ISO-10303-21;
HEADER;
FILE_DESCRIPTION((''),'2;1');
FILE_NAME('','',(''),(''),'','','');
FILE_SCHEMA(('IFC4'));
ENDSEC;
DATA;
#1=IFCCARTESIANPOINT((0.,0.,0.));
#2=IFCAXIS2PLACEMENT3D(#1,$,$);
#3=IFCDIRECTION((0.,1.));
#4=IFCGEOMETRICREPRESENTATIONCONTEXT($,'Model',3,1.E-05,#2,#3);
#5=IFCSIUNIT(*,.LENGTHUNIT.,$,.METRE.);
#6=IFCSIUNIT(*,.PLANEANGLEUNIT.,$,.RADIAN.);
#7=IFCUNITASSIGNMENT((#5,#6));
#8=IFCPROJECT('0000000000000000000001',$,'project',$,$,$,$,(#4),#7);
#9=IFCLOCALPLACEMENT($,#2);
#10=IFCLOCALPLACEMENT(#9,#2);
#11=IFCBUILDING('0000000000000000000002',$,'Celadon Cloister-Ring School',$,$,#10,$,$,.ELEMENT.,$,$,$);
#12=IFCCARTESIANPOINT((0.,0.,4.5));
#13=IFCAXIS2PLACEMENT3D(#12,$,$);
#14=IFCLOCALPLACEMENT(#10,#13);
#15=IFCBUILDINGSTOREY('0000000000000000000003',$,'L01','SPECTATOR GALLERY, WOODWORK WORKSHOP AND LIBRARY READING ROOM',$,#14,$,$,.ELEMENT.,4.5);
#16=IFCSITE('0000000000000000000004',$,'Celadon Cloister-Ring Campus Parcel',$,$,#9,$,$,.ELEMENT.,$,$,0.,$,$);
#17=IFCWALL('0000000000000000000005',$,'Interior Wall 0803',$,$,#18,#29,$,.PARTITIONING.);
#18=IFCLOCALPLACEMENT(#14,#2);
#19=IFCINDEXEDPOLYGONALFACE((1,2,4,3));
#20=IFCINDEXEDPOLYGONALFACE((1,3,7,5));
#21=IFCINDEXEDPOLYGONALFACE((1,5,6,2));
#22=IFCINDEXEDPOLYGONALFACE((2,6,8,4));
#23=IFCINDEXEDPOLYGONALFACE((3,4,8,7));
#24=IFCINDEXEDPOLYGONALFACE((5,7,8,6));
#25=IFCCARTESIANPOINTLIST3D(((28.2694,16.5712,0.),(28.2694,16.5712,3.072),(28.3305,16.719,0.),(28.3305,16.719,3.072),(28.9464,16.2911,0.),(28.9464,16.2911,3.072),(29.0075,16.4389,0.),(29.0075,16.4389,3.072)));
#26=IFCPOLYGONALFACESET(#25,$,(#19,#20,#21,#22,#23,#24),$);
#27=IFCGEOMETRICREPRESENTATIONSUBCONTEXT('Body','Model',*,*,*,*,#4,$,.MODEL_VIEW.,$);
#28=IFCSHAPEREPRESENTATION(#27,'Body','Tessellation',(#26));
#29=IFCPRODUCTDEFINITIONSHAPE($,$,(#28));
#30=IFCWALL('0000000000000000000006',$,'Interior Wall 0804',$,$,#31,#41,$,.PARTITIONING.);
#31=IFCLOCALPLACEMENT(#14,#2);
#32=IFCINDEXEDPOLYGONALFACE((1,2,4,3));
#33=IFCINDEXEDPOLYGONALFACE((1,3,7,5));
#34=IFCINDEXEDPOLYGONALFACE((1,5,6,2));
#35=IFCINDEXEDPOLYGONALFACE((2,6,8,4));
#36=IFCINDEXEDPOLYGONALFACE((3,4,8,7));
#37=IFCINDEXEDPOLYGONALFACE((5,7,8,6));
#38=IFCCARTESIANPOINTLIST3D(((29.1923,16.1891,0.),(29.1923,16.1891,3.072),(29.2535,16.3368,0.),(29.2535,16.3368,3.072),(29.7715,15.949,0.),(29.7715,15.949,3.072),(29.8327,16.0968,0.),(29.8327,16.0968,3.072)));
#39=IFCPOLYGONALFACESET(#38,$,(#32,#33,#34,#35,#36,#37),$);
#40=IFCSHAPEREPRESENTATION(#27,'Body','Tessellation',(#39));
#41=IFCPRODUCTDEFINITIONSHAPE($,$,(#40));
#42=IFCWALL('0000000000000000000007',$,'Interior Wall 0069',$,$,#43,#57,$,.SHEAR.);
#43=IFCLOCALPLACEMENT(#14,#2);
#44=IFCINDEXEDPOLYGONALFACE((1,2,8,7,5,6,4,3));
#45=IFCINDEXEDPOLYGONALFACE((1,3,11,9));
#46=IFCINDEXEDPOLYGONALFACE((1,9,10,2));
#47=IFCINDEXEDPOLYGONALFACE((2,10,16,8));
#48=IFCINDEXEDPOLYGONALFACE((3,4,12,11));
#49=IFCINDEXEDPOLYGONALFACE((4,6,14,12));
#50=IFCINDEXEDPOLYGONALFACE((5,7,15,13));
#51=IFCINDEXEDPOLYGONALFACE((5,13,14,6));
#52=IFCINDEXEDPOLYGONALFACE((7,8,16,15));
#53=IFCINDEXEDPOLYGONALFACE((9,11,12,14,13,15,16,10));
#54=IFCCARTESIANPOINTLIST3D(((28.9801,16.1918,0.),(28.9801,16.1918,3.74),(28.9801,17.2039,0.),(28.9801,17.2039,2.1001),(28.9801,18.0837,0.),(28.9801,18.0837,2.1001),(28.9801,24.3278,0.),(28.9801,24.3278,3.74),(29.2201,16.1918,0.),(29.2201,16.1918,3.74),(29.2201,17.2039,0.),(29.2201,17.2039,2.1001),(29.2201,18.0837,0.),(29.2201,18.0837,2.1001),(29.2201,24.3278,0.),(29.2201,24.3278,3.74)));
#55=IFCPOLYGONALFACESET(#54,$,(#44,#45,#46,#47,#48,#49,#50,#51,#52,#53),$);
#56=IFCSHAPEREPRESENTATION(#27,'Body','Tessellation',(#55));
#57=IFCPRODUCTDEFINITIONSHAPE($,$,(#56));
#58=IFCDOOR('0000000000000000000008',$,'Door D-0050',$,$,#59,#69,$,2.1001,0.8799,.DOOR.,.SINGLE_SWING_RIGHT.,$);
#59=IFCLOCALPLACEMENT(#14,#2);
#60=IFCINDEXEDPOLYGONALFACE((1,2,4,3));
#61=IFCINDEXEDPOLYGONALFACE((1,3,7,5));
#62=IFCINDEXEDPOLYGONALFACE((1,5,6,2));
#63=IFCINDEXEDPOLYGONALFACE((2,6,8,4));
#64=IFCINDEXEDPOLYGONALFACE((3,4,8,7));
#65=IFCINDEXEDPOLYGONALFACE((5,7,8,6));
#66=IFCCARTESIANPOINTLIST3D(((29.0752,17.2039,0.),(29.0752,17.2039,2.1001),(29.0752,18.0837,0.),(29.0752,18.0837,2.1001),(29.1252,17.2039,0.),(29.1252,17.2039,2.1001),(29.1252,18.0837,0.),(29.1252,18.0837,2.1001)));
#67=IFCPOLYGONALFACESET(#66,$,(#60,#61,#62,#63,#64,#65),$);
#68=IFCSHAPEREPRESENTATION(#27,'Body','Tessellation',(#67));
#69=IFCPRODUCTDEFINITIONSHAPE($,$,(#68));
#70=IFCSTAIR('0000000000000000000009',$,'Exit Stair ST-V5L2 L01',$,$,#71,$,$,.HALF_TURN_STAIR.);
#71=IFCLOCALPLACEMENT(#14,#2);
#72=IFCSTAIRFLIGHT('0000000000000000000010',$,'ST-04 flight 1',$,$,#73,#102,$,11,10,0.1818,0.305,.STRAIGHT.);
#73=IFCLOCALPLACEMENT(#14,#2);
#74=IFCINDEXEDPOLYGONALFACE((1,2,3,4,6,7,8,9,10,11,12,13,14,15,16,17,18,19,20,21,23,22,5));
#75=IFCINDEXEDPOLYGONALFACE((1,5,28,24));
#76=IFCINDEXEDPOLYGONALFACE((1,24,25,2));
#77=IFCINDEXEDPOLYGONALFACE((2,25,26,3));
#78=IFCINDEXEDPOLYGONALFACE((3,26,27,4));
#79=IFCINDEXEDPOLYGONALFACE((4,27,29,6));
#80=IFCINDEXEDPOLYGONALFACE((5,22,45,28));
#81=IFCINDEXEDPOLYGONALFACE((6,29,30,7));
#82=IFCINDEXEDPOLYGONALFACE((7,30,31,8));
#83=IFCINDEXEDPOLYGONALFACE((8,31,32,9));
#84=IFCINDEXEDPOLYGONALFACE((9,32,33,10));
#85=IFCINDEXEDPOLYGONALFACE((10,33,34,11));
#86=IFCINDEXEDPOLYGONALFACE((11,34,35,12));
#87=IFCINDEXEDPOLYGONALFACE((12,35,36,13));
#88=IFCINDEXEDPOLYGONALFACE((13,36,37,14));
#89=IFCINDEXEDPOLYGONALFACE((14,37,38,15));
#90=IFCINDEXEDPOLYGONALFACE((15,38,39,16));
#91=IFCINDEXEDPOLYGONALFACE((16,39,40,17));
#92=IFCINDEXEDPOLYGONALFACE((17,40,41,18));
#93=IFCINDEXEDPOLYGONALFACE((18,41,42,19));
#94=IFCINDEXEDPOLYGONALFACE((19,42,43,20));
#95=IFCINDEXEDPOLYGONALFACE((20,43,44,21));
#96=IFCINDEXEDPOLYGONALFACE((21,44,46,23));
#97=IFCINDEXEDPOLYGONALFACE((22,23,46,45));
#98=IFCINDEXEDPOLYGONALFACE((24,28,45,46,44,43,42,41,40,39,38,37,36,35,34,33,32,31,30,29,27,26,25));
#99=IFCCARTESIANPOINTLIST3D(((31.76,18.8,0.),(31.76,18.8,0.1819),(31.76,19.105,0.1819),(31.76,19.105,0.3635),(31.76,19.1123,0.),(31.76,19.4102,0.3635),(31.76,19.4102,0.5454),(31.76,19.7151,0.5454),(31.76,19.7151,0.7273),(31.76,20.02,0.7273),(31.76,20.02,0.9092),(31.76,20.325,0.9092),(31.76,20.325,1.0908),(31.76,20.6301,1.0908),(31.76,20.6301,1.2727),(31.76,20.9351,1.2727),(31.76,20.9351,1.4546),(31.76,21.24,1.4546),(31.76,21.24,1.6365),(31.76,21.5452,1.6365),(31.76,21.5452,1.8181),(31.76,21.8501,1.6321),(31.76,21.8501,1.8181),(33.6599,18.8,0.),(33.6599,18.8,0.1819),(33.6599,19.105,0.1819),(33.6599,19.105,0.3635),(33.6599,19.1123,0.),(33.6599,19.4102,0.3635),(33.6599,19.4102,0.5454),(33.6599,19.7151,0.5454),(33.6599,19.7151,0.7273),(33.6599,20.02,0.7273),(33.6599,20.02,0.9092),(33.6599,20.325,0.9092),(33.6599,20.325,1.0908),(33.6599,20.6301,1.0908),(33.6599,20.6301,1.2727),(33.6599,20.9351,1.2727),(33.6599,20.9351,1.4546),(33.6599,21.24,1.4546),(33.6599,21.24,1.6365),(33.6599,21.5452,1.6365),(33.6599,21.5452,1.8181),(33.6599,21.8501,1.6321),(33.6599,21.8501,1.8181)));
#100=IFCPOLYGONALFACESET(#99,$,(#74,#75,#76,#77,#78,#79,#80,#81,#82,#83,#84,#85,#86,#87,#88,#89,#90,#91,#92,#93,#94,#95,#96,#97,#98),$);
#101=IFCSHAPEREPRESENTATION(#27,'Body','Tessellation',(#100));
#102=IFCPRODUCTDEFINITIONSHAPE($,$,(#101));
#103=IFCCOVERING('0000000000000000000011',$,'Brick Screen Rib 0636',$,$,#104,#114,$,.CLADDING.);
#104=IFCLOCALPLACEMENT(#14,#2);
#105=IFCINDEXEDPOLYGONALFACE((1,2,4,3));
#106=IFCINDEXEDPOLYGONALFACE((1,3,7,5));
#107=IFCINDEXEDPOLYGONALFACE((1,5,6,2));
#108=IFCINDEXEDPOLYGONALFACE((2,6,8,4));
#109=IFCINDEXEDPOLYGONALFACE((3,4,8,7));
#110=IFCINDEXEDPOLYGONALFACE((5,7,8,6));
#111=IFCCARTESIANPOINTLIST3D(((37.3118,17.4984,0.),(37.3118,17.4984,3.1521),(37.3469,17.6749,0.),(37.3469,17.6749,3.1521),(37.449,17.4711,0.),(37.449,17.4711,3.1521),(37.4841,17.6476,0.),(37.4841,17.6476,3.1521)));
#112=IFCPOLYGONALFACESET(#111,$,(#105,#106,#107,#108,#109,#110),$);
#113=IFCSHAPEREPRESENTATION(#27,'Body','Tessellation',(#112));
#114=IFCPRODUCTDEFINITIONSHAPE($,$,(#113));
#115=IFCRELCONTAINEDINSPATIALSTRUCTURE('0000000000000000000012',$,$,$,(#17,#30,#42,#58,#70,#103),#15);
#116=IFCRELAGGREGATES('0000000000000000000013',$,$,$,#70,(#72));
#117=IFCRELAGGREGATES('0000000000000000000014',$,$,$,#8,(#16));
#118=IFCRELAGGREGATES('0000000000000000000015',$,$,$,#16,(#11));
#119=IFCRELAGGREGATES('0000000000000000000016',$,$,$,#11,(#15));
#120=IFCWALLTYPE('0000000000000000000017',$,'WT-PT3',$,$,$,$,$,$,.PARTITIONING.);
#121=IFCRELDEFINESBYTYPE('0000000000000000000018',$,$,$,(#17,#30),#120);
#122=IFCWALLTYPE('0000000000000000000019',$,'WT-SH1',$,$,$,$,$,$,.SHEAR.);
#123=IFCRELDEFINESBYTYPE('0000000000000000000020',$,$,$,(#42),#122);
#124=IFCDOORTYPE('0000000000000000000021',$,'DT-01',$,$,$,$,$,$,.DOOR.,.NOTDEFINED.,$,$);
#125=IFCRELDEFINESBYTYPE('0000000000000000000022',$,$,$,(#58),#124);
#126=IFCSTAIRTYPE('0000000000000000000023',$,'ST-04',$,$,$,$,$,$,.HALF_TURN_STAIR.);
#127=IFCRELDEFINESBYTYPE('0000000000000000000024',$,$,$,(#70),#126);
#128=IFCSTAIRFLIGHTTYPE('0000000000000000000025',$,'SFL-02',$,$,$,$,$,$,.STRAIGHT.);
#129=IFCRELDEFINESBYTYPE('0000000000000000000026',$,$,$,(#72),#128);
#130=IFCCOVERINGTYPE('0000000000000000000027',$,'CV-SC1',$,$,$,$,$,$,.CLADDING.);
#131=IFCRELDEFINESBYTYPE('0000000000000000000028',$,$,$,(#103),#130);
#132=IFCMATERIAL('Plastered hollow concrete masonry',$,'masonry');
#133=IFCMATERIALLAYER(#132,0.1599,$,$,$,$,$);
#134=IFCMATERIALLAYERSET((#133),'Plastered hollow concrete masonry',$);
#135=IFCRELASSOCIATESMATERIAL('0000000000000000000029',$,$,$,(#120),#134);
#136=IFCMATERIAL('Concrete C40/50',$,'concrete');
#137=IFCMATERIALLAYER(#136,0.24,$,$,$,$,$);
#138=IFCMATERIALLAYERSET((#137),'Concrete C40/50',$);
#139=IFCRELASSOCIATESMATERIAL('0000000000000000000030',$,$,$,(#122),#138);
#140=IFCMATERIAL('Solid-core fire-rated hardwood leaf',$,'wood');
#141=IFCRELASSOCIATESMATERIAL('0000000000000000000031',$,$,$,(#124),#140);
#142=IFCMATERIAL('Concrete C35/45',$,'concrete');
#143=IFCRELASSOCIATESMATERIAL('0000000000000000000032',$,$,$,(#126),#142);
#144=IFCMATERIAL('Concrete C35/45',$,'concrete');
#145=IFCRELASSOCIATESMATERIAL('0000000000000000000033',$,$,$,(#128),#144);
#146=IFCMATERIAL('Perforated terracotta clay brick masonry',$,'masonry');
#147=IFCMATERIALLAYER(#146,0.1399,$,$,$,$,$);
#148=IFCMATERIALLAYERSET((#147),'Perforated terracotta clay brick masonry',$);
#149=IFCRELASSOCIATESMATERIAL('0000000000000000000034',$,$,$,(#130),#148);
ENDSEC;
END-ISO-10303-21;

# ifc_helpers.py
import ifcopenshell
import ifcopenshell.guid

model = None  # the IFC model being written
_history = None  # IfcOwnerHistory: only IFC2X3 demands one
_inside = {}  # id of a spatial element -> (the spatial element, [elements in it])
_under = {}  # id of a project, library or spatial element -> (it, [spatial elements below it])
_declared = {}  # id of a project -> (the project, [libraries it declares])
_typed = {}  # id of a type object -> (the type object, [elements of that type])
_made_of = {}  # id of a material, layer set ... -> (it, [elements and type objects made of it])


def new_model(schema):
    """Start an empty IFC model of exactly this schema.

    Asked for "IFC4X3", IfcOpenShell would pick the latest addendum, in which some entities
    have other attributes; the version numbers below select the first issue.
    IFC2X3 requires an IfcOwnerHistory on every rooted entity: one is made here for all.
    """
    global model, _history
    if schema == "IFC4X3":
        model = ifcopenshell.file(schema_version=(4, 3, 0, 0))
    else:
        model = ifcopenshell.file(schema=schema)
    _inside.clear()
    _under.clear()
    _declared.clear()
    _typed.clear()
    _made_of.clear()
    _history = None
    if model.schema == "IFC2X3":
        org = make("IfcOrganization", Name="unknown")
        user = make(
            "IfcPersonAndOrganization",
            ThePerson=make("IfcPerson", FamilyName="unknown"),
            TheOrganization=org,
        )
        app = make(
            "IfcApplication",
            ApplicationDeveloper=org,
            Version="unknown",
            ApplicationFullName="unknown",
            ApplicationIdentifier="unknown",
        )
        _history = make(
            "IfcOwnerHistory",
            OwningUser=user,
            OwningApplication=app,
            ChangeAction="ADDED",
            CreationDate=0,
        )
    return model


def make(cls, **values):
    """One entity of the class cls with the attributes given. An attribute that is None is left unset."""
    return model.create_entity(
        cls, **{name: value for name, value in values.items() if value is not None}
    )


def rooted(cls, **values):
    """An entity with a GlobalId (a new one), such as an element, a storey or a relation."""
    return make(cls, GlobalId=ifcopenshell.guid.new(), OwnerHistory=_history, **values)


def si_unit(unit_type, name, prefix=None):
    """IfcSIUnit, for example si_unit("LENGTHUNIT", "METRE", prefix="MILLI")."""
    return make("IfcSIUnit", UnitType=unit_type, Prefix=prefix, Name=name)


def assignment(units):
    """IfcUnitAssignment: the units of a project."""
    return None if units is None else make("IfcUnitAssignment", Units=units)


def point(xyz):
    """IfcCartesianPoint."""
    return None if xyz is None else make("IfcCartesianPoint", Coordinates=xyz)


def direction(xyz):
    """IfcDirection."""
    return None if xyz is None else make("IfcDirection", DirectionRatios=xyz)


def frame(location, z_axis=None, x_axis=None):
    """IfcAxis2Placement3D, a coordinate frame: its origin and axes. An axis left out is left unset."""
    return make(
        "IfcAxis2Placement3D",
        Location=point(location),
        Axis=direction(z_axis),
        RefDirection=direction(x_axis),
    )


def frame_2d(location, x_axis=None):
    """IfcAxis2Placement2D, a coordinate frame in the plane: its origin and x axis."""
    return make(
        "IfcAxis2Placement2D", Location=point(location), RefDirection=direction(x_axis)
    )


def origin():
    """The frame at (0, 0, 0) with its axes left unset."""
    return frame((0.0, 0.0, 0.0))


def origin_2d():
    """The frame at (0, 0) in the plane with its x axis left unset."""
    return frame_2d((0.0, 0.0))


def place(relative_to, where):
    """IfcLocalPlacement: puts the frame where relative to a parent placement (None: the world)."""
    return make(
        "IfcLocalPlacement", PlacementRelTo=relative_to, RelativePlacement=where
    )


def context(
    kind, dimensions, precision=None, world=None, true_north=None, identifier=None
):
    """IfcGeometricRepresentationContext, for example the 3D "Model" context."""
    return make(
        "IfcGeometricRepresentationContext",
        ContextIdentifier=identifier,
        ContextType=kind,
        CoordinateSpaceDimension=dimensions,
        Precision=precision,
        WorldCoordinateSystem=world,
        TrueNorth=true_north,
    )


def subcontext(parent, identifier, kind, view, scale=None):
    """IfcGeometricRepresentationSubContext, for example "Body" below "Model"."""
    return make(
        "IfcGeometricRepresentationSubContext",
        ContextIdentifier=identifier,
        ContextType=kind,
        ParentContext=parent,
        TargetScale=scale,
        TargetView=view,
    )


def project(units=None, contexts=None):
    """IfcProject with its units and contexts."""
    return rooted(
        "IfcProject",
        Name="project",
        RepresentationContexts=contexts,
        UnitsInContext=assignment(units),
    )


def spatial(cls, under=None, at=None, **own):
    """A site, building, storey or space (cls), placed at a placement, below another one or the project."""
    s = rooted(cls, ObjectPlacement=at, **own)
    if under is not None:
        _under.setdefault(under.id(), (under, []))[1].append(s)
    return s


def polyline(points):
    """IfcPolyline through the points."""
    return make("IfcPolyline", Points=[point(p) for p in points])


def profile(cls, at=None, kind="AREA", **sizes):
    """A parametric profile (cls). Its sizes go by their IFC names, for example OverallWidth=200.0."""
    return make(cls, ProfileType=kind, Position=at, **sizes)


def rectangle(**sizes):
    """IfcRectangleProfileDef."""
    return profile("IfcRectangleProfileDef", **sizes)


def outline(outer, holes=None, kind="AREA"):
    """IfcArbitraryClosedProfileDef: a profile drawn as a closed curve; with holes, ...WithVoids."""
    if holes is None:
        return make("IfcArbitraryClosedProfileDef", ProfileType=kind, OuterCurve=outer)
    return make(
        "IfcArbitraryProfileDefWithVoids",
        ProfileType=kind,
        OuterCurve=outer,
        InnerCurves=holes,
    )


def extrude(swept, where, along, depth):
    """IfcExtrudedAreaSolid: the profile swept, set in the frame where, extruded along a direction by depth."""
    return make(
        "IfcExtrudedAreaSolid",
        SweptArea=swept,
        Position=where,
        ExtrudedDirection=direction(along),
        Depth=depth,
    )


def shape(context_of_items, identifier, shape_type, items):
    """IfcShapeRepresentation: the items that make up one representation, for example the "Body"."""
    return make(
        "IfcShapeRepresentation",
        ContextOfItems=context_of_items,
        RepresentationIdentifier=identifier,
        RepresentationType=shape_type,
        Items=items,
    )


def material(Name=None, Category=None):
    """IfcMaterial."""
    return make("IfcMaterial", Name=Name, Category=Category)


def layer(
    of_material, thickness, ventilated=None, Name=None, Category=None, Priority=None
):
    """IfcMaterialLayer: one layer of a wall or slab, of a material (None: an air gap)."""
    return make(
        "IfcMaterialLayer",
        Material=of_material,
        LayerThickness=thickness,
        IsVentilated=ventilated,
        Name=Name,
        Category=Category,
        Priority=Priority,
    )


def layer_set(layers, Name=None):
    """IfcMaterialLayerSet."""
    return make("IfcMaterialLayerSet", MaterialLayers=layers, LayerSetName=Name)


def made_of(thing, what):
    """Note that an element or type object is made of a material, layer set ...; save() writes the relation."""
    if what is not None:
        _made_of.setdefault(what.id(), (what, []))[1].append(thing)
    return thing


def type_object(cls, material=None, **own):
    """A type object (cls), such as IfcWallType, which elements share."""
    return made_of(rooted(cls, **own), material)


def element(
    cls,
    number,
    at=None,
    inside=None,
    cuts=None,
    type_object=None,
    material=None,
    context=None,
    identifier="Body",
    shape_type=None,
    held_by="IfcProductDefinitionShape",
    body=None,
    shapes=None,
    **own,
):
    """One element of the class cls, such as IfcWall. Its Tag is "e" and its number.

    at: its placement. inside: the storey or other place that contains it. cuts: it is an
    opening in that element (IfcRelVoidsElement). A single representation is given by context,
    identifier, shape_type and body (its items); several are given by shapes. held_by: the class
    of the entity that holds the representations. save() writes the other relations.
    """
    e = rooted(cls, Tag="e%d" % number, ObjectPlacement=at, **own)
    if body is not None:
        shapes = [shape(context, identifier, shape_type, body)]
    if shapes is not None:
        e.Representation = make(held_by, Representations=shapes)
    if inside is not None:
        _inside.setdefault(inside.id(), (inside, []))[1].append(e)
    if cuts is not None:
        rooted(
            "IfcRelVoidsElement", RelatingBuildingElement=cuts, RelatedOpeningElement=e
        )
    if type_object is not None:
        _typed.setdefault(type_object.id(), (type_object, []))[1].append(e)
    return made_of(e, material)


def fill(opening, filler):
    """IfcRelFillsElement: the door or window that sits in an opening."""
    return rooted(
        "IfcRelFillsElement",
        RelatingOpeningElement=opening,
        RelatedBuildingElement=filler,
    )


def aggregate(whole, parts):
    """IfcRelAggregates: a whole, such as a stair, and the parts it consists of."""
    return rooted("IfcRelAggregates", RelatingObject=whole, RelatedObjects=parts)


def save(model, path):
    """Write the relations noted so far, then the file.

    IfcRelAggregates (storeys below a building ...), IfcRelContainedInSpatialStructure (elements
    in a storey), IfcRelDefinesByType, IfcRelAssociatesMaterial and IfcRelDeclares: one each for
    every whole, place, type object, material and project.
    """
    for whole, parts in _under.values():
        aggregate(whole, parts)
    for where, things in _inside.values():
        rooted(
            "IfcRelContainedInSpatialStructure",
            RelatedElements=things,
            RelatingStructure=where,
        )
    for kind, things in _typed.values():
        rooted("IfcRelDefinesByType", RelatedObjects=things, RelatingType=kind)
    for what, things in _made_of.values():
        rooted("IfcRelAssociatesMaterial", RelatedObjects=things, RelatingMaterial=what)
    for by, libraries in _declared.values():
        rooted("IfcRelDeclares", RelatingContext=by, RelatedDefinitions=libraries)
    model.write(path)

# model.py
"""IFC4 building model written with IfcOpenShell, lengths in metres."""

from ifc_helpers import new_model, si_unit, direction, frame, frame_2d, origin, origin_2d, place, context, subcontext, project, spatial, polyline, rectangle, outline, extrude, material, layer, layer_set, type_object, element, fill, aggregate, save


model = new_model("IFC4")

# Units and contexts
model_context = context("Model", 3, precision=1e-05, world=origin(), true_north=direction((0.0, 1.0)))
body_context = subcontext(model_context, "Body", "Model", "MODEL_VIEW")
ifc_project = project(units=[si_unit("LENGTHUNIT", "METRE"), si_unit("PLANEANGLEUNIT", "RADIAN")], contexts=[model_context])

# Site, building, storey
site_placement = place(None, origin())
site = spatial("IfcSite", under=ifc_project, at=site_placement, Name="Celadon Cloister-Ring Campus Parcel", CompositionType="ELEMENT", RefElevation=0.0)
building_placement = place(site_placement, origin())
building = spatial("IfcBuilding", under=site, at=building_placement, Name="Celadon Cloister-Ring School", CompositionType="ELEMENT")
storey_placement = place(building_placement, frame((0.0, 0.0, 4.5)))
storey = spatial("IfcBuildingStorey", under=building, at=storey_placement, Name="L01", Description="SPECTATOR GALLERY, WOODWORK WORKSHOP AND LIBRARY READING ROOM", CompositionType="ELEMENT", Elevation=4.5)

# Walls
ifc_material_1 = material(Name="Plastered hollow concrete masonry", Category="masonry")
ifc_layer_1 = layer(ifc_material_1, 0.1599)
ifc_layer_set_1 = layer_set([ifc_layer_1], Name="Plastered hollow concrete masonry")
wall_type_1 = type_object("IfcWallType", Name="WT-PT3", PredefinedType="PARTITIONING", material=ifc_layer_set_1)
wall_1_placement = place(storey_placement, frame((28.3, 16.645, 0.0), z_axis=(0.0, 0.0, 1.0), x_axis=(0.92407, -0.382224, 0.0)))
element("IfcWall", 1, at=wall_1_placement, inside=storey, type_object=wall_type_1, Name="Interior Wall 0803", PredefinedType="PARTITIONING", context=body_context, shape_type="SweptSolid", body=[
    extrude(rectangle(XDim=0.7327, YDim=0.1599, at=frame_2d((0.3662, 0.0))), origin(), (0.0, 0.0, 1.0), 3.072),
])
wall_2_placement = place(storey_placement, frame((29.2229, 16.2629, 0.0), z_axis=(0.0, 0.0, 1.0), x_axis=(0.923813, -0.382845, 0.0)))
element("IfcWall", 2, at=wall_2_placement, inside=storey, type_object=wall_type_1, Name="Interior Wall 0804", PredefinedType="PARTITIONING", context=body_context, shape_type="SweptSolid", body=[
    extrude(rectangle(XDim=0.627, YDim=0.1599, at=frame_2d((0.3135, 0.0))), origin(), (0.0, 0.0, 1.0), 3.072),
])

# Wall, opening, door
ifc_material_2 = material(Name="Concrete C40/50", Category="concrete")
ifc_layer_2 = layer(ifc_material_2, 0.24)
ifc_layer_set_2 = layer_set([ifc_layer_2], Name="Concrete C40/50")
wall_type_2 = type_object("IfcWallType", Name="WT-SH1", PredefinedType="SHEAR", material=ifc_layer_set_2)
wall_3_placement = place(storey_placement, frame((29.1001, 16.1919, 0.0), z_axis=(0.0, 0.0, 1.0), x_axis=(0.0, 1.0, 0.0)))
wall_3 = element("IfcWall", 3, at=wall_3_placement, inside=storey, type_object=wall_type_2, Name="Interior Wall 0069", PredefinedType="SHEAR", context=body_context, shape_type="SweptSolid", body=[
    extrude(rectangle(XDim=8.136, YDim=0.24, at=frame_2d((4.0679, 0.0))), origin(), (0.0, 0.0, 1.0), 3.74),
])
opening_1_placement = place(wall_3_placement, frame((1.012, 0.0, 0.0)))
opening_1 = element("IfcOpeningElement", 4, at=opening_1_placement, cuts=wall_3, PredefinedType="OPENING", context=body_context, shape_type="SweptSolid", body=[
    extrude(rectangle(XDim=0.8799, YDim=2.1001, at=frame_2d((0.4399, 1.05))), frame((0.0, 0.1299, 0.0), z_axis=(0.0, -1.0, 0.0), x_axis=(1.0, 0.0, 0.0)), (0.0, 0.0, 1.0), 0.26),
])
ifc_material_3 = material(Name="Solid-core fire-rated hardwood leaf", Category="wood")
door_type = type_object("IfcDoorType", Name="DT-01", OperationType="NOTDEFINED", PredefinedType="DOOR", material=ifc_material_3)
door_placement = place(opening_1_placement, origin())
door = element("IfcDoor", 5, at=door_placement, inside=storey, type_object=door_type, Name="Door D-0050", OperationType="SINGLE_SWING_RIGHT", OverallHeight=2.1001, OverallWidth=0.8799, PredefinedType="DOOR", context=body_context, shape_type="SweptSolid", body=[
    extrude(rectangle(XDim=0.8799, YDim=2.1001, at=frame_2d((0.4399, 1.05))), frame((0.0, 0.0249, 0.0), z_axis=(0.0, -1.0, 0.0), x_axis=(1.0, 0.0, 0.0)), (0.0, 0.0, 1.0), 0.05),
])
fill(opening_1, door)

# Stair, stair flight
ifc_material_4 = material(Name="Concrete C35/45", Category="concrete")
stair_type = type_object("IfcStairType", Name="ST-04", PredefinedType="HALF_TURN_STAIR", material=ifc_material_4)
stair_placement = place(storey_placement, origin())
stair = element("IfcStair", 6, at=stair_placement, inside=storey, type_object=stair_type, Name="Exit Stair ST-V5L2 L01", PredefinedType="HALF_TURN_STAIR")
ifc_material_5 = material(Name="Concrete C35/45", Category="concrete")
stair_flight_type = type_object("IfcStairFlightType", Name="SFL-02", PredefinedType="STRAIGHT", material=ifc_material_5)
stair_flight_placement = place(storey_placement, frame((32.71, 18.8, 0.0), z_axis=(0.0, 0.0, 1.0), x_axis=(0.0, 1.0, 0.0)))
stair_flight = element("IfcStairFlight", 7, at=stair_flight_placement, type_object=stair_flight_type, Name="ST-04 flight 1", NumberOfRisers=11, NumberOfTreads=10, PredefinedType="STRAIGHT", RiserHeight=0.1818, TreadLength=0.305, context=body_context, shape_type="SweptSolid", body=[
    extrude(outline(polyline([(0.0, 0.0), (0.0, 0.1819), (0.3049, 0.1819), (0.3049, 0.3635), (0.6101, 0.3635), (0.6101, 0.5454), (0.915, 0.5454), (0.915, 0.7273), (1.22, 0.7273), (1.22, 0.9092), (1.5249, 0.9092), (1.5249, 1.0908), (1.8301, 1.0908), (1.8301, 1.2727), (2.135, 1.2727), (2.135, 1.4546), (2.4399, 1.4546), (2.4399, 1.6365), (2.7451, 1.6365), (2.7451, 1.8181), (3.05, 1.8181), (3.05, 2.0), (3.05, 1.6321), (0.3123, 0.0), (0.0, 0.0)])), frame((0.0, 0.95, 0.0), z_axis=(0.0, -1.0, 0.0), x_axis=(1.0, 0.0, 0.0)), (0.0, 0.0, 1.0), 1.8999),
])
aggregate(stair, [stair_flight])

# Covering
ifc_material_6 = material(Name="Perforated terracotta clay brick masonry", Category="masonry")
ifc_layer_3 = layer(ifc_material_6, 0.1399)
ifc_layer_set_3 = layer_set([ifc_layer_3], Name="Perforated terracotta clay brick masonry")
covering_type = type_object("IfcCoveringType", Name="CV-SC1", PredefinedType="CLADDING", material=ifc_layer_set_3)
covering_placement = place(storey_placement, frame((37.3979, 17.573, 0.0), z_axis=(0.0, 0.0, 1.0), x_axis=(-0.195142, -0.980775, 0.0)))
element("IfcCovering", 8, at=covering_placement, inside=storey, type_object=covering_type, Name="Brick Screen Rib 0636", PredefinedType="CLADDING", context=body_context, shape_type="SweptSolid", body=[
    extrude(rectangle(XDim=0.1799, YDim=0.1399, at=origin_2d()), origin(), (0.0, 0.0, 1.0), 3.1521),
])

save(model, "model.ifc")
